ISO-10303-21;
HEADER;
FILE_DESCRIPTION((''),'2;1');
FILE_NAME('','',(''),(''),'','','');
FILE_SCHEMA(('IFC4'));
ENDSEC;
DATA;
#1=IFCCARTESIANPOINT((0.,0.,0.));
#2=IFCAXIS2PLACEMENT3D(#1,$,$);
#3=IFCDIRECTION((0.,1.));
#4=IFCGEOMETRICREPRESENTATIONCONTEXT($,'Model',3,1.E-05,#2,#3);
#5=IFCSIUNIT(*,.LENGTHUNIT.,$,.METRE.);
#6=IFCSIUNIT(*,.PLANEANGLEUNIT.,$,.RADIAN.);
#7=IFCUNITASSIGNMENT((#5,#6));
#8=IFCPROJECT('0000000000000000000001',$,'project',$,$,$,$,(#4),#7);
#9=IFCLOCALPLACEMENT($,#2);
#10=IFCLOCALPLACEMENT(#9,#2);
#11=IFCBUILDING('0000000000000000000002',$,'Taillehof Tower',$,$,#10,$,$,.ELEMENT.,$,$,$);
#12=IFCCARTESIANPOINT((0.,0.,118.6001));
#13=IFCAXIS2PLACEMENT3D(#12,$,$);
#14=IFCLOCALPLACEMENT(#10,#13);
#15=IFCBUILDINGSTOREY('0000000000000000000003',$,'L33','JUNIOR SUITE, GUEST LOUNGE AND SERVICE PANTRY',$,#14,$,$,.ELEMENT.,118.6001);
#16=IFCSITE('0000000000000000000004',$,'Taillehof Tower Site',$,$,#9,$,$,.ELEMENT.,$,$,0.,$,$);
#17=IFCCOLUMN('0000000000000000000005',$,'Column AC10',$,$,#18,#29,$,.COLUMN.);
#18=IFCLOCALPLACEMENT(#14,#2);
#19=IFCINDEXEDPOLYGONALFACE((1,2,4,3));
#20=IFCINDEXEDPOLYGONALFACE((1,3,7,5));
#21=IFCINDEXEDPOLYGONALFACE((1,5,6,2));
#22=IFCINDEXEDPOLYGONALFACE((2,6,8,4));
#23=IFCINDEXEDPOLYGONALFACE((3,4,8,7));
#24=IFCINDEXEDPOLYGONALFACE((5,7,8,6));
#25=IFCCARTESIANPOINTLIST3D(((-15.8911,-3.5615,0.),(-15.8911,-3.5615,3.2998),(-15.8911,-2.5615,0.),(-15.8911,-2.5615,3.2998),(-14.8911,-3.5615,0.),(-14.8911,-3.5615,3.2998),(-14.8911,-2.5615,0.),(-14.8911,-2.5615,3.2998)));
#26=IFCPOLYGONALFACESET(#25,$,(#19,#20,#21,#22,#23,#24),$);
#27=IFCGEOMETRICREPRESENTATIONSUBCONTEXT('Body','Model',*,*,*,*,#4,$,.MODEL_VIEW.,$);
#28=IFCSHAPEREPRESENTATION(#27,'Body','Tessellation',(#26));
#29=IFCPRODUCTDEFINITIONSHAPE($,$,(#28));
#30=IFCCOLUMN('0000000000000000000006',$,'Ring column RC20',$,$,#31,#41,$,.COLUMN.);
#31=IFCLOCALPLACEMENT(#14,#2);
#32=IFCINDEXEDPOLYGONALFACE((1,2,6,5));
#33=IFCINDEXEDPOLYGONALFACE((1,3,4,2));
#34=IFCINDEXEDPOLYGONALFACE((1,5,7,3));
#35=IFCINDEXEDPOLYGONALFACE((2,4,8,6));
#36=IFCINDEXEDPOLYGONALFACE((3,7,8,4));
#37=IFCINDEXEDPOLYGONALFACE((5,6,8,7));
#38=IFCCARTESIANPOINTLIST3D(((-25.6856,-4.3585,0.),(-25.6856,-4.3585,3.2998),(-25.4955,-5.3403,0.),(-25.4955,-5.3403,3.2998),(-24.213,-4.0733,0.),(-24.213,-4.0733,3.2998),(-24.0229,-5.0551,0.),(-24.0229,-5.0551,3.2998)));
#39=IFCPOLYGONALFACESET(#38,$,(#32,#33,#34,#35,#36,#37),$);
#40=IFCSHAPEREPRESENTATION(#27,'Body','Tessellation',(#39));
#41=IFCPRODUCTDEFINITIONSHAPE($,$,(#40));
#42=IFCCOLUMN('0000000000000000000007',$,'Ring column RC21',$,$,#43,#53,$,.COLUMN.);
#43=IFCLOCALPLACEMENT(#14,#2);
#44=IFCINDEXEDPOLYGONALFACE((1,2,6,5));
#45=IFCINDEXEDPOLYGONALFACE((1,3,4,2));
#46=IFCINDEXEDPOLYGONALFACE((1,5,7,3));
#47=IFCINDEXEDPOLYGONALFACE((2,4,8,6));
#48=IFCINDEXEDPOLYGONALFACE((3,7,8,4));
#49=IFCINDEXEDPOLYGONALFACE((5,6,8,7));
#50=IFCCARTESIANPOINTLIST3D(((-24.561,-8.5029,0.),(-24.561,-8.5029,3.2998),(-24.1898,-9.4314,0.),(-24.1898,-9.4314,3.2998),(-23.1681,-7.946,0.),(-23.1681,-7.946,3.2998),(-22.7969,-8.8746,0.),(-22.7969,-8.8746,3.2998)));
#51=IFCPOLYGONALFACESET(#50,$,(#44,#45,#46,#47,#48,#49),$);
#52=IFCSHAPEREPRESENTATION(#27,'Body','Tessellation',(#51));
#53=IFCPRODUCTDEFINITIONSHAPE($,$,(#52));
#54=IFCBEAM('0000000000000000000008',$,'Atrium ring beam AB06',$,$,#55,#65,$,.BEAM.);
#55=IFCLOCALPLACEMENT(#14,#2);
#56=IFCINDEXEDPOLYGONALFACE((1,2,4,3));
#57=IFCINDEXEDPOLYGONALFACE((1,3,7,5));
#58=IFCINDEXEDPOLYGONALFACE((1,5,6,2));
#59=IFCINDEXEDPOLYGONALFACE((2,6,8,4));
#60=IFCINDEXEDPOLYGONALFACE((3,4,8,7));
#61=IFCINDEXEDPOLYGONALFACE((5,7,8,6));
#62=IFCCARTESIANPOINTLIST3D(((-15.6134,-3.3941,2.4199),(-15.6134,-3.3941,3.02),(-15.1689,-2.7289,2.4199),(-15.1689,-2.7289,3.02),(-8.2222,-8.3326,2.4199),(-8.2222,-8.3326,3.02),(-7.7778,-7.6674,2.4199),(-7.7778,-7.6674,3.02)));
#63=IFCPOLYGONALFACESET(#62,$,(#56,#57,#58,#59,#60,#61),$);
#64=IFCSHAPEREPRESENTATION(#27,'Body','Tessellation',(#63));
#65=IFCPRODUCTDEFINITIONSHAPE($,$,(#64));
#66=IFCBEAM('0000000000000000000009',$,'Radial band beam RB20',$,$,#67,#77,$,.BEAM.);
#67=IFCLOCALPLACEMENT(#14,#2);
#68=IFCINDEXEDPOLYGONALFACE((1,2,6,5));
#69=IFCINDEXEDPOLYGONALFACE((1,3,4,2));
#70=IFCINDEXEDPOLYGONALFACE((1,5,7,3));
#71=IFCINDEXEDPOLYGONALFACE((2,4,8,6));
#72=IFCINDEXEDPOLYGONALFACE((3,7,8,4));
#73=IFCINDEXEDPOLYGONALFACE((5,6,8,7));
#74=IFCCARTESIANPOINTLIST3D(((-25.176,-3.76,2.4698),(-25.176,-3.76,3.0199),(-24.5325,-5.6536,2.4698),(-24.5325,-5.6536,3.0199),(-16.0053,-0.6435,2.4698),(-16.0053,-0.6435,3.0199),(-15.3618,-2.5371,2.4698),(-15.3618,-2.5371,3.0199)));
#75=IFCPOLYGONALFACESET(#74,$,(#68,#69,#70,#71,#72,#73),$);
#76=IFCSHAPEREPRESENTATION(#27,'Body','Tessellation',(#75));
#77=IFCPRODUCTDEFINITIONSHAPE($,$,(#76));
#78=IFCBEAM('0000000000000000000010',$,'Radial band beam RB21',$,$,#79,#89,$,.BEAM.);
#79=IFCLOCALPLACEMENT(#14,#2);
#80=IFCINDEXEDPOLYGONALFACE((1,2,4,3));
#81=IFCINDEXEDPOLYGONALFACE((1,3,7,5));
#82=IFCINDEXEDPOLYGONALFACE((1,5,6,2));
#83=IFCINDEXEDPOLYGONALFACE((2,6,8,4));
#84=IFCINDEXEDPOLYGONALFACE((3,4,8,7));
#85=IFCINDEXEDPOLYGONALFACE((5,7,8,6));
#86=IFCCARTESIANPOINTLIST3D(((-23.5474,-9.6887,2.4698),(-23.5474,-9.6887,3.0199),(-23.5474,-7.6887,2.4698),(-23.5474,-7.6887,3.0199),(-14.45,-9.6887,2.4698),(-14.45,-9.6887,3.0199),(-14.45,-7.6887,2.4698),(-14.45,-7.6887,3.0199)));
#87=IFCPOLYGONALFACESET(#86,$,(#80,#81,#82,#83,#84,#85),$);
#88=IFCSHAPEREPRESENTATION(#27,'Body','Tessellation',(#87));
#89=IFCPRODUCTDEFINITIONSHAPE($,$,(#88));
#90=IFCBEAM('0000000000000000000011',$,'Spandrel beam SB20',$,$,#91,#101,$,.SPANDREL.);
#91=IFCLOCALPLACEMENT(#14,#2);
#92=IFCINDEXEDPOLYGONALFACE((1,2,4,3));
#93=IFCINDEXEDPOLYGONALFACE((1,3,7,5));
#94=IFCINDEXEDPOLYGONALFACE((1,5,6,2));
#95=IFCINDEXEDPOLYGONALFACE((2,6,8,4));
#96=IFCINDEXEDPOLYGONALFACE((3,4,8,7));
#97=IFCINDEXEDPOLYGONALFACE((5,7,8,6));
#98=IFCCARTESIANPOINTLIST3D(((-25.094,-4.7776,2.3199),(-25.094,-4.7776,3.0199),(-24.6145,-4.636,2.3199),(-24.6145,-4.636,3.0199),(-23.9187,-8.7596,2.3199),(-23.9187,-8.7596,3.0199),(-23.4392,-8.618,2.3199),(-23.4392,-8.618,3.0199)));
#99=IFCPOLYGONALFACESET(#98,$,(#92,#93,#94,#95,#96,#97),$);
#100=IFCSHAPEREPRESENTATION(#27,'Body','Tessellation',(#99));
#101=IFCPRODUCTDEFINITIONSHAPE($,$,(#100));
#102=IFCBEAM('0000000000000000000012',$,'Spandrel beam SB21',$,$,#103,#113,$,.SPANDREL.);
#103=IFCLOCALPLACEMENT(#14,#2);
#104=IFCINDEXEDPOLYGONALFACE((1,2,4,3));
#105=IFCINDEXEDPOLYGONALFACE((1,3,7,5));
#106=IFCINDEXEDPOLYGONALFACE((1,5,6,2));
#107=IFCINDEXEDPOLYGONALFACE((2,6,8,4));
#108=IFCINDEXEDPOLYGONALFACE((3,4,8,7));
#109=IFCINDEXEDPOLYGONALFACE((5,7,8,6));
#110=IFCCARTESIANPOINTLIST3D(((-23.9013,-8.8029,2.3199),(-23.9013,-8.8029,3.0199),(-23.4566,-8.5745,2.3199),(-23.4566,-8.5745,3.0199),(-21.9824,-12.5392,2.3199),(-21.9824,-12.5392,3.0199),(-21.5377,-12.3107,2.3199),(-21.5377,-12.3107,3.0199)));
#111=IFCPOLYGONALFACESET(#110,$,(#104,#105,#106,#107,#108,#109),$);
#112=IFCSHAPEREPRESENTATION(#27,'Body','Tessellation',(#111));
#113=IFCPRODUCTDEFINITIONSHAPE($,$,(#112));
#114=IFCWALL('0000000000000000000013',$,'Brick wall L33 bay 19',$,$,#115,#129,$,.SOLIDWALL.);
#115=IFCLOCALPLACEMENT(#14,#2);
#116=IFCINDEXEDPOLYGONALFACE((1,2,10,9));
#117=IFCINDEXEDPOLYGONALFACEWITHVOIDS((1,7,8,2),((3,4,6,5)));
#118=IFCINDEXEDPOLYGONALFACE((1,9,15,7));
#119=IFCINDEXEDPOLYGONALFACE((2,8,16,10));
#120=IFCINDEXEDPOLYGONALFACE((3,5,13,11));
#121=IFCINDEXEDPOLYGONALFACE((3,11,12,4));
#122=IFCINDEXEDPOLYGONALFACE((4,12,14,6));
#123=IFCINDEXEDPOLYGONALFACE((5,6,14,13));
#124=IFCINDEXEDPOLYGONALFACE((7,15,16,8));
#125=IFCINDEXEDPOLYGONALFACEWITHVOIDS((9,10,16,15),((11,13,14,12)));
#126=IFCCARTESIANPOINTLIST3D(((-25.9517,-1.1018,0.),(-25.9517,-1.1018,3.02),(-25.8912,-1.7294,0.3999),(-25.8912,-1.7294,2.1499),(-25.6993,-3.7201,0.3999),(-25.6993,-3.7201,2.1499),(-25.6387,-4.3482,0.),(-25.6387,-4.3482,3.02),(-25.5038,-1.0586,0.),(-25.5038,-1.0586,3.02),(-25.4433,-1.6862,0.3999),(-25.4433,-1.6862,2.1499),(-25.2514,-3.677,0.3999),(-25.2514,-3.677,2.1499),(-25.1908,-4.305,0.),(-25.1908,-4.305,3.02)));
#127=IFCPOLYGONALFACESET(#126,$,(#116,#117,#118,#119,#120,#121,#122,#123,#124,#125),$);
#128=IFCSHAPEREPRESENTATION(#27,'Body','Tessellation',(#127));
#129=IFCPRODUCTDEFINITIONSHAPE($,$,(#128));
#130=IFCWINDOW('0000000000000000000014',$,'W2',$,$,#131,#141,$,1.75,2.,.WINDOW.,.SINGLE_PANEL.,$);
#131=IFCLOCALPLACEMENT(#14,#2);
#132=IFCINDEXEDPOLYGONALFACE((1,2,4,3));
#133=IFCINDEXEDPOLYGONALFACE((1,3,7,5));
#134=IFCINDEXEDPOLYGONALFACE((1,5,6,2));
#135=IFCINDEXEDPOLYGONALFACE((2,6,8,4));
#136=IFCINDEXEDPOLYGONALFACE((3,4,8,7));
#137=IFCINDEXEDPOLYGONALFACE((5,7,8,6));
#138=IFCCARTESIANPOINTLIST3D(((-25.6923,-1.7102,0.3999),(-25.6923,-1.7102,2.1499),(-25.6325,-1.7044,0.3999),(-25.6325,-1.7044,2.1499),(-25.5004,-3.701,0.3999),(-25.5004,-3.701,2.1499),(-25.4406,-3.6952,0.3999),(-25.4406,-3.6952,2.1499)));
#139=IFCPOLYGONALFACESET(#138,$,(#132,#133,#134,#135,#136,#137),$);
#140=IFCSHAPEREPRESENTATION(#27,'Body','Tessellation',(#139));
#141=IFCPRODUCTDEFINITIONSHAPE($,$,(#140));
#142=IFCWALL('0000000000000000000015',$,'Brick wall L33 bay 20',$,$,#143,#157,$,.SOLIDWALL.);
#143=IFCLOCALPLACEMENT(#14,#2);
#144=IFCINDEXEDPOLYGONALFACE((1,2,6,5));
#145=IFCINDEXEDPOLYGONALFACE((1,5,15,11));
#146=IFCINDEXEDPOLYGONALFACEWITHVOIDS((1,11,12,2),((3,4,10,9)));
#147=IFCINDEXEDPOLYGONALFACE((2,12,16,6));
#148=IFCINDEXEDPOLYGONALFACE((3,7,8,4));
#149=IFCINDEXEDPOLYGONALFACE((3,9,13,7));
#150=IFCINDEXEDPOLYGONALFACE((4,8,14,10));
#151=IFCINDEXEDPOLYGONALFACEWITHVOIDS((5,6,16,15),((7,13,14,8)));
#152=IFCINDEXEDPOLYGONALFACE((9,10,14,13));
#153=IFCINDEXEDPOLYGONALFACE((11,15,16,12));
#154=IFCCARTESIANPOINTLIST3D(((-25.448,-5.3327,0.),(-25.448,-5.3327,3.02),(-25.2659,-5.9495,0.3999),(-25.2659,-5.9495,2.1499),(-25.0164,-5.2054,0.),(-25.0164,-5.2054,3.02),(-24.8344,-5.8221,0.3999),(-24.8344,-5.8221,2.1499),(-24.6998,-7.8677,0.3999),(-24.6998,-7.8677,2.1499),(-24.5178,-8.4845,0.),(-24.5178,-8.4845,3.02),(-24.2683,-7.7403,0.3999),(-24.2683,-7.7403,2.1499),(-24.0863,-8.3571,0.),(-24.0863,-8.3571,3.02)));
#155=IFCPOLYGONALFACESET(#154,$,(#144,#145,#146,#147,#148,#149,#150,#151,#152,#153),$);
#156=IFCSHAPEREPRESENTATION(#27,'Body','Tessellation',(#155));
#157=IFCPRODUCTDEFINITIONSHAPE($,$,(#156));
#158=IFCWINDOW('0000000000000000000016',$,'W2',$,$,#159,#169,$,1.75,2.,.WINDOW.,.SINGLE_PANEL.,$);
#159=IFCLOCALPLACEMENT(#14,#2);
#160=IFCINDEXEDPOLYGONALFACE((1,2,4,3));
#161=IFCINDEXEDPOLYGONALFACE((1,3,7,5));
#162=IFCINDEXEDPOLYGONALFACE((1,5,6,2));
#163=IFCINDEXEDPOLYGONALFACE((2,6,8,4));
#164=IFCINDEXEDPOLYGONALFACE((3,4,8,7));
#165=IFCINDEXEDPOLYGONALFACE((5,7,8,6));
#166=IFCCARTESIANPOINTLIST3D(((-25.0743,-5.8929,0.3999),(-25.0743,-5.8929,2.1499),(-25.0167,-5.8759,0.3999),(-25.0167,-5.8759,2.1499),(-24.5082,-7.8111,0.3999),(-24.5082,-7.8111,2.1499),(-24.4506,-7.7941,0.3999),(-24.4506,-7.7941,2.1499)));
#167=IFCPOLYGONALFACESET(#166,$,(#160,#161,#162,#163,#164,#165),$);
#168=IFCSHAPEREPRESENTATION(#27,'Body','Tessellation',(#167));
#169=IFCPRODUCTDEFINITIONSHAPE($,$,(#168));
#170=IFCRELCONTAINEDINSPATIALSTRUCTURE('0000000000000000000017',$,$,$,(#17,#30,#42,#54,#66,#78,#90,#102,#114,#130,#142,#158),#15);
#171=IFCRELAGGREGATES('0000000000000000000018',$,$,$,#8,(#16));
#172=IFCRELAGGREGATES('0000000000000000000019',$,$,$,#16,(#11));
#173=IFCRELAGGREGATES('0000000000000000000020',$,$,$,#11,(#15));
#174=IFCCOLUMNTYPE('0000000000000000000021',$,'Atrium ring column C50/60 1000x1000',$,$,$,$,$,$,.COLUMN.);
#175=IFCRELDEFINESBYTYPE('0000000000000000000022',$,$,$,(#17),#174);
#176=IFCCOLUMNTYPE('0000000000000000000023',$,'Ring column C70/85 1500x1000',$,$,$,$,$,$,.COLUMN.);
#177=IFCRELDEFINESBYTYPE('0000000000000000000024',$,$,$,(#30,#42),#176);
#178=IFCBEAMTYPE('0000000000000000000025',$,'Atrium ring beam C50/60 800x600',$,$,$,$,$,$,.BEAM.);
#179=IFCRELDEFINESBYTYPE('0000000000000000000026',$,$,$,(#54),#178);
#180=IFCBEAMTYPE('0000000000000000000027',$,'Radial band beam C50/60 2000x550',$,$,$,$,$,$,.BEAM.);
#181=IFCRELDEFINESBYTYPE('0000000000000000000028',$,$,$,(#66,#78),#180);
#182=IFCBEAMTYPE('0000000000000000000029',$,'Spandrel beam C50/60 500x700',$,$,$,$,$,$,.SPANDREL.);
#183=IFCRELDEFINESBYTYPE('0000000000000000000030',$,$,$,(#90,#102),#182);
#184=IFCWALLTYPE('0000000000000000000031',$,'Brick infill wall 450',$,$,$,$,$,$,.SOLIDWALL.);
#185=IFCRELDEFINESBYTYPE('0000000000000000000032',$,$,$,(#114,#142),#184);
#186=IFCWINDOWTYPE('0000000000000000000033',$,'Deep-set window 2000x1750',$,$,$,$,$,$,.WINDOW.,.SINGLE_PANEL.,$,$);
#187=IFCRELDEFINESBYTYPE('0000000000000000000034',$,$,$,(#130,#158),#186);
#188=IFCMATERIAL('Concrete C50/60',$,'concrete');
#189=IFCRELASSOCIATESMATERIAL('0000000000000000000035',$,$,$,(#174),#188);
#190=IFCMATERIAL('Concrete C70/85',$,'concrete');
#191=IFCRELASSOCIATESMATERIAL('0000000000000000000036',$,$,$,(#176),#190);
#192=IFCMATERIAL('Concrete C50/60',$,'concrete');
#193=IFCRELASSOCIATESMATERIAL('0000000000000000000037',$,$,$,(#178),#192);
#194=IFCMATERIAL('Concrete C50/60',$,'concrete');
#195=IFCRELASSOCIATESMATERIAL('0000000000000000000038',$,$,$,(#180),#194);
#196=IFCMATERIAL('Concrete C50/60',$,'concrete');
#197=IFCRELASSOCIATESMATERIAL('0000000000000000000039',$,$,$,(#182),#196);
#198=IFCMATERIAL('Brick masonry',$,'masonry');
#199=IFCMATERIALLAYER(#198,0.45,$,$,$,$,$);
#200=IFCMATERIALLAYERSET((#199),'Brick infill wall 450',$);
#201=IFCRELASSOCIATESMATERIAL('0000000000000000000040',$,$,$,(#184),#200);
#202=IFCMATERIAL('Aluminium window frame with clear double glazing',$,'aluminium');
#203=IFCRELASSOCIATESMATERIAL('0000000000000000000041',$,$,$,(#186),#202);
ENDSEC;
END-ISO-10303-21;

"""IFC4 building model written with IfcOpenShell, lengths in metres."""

from ifc_helpers import new_model, si_unit, direction, frame, frame_2d, origin, origin_2d, place, context, subcontext, project, spatial, rectangle, extrude, material, layer, layer_set, material_profile, profile_set, type_object, element, fill, save


model = new_model("IFC4")

# Units and contexts
model_context = context("Model", 3, precision=1e-05, world=origin(), true_north=direction((0.0, 1.0)))
body_context = subcontext(model_context, "Body", "Model", "MODEL_VIEW")
ifc_project = project(units=[si_unit("LENGTHUNIT", "METRE"), si_unit("PLANEANGLEUNIT", "RADIAN")], contexts=[model_context])

# Site, building, storey
site_placement = place(None, origin())
site = spatial("IfcSite", under=ifc_project, at=site_placement, Name="Taillehof Tower Site", CompositionType="ELEMENT", RefElevation=0.0)
building_placement = place(site_placement, origin())
building = spatial("IfcBuilding", under=site, at=building_placement, Name="Taillehof Tower", CompositionType="ELEMENT")
storey_placement = place(building_placement, frame((0.0, 0.0, 118.6001)))
storey = spatial("IfcBuildingStorey", under=building, at=storey_placement, Name="L33", Description="JUNIOR SUITE, GUEST LOUNGE AND SERVICE PANTRY", CompositionType="ELEMENT", Elevation=118.6001)

# Columns
ifc_material_1 = material(Name="Concrete C50/60", Category="concrete")
ifc_material_profile_1 = material_profile(ifc_material_1, rectangle(XDim=1.0, YDim=1.0, at=origin_2d()), Name="RC 1000x1000")
ifc_profile_set_1 = profile_set([ifc_material_profile_1], Name="Concrete C50/60")
column_type_1 = type_object("IfcColumnType", Name="Atrium ring column C50/60 1000x1000", PredefinedType="COLUMN", material=ifc_profile_set_1)
column_placement = place(storey_placement, frame((-15.3911, -3.0615, 0.0), z_axis=(0.0, 0.0, 1.0), x_axis=(1.0, 0.0, 0.0)))
element("IfcColumn", 1, at=column_placement, inside=storey, type_object=column_type_1, Name="Column AC10", PredefinedType="COLUMN", context=body_context, shape_type="SweptSolid", body=[
    extrude(rectangle(XDim=1.0, YDim=1.0, at=origin_2d()), origin(), (0.0, 0.0, 1.0), 3.2998),
])
ifc_material_2 = material(Name="Concrete C70/85", Category="concrete")
ifc_material_profile_2 = material_profile(ifc_material_2, rectangle(XDim=1.5, YDim=1.0, at=origin_2d()), Name="RC 1500x1000")
ifc_profile_set_2 = profile_set([ifc_material_profile_2], Name="Concrete C70/85")
column_type_2 = type_object("IfcColumnType", Name="Ring column C70/85 1500x1000", PredefinedType="COLUMN", material=ifc_profile_set_2)
for number, where, z_axis, x_axis, name in (
    (2, (-24.8542, -4.7068, 0.0), (0.0, 0.0, 1.0), (-0.981757, -0.190138, 0.0), "Ring column RC20"),
    (3, (-23.679, -8.6887, 0.0), (0.0, 0.0, 1.0), (-0.92855, -0.371207, 0.0), "Ring column RC21"),
):
    element("IfcColumn", number, at=place(storey_placement, frame(where, z_axis=z_axis, x_axis=x_axis)), inside=storey, type_object=column_type_2, Name=name, PredefinedType="COLUMN", context=body_context, shape_type="SweptSolid", body=[
        extrude(rectangle(XDim=1.5, YDim=1.0, at=origin_2d()), origin(), (0.0, 0.0, 1.0), 3.2998),
    ])

# Beams
ifc_material_3 = material(Name="Concrete C50/60", Category="concrete")
ifc_material_profile_3 = material_profile(ifc_material_3, rectangle(XDim=0.8, YDim=0.6001, at=origin_2d()), Name="RC 800x600")
ifc_profile_set_3 = profile_set([ifc_material_profile_3], Name="Concrete C50/60")
beam_type_1 = type_object("IfcBeamType", Name="Atrium ring beam C50/60 800x600", PredefinedType="BEAM", material=ifc_profile_set_3)
beam_1_placement = place(storey_placement, frame((-15.3911, -3.0615, 2.72), z_axis=(0.831475, -0.555562, 0.0), x_axis=(0.555562, 0.831475, 0.0)))
element("IfcBeam", 4, at=beam_1_placement, inside=storey, type_object=beam_type_1, Name="Atrium ring beam AB06", PredefinedType="BEAM", context=body_context, shape_type="SweptSolid", body=[
    extrude(rectangle(XDim=0.8, YDim=0.6001, at=origin_2d()), origin(), (0.0, 0.0, 1.0), 8.8892),
])
ifc_material_4 = material(Name="Concrete C50/60", Category="concrete")
ifc_material_profile_4 = material_profile(ifc_material_4, rectangle(XDim=2.0, YDim=0.55, at=origin_2d()), Name="RC 2000x550")
ifc_profile_set_4 = profile_set([ifc_material_profile_4], Name="Concrete C50/60")
beam_type_2 = type_object("IfcBeamType", Name="Radial band beam C50/60 2000x550", PredefinedType="BEAM", material=ifc_profile_set_4)
beam_2_placement = place(storey_placement, frame((-24.8542, -4.7068, 2.7449), z_axis=(0.946822, 0.321758, 0.0), x_axis=(-0.321758, 0.946822, 0.0)))
element("IfcBeam", 5, at=beam_2_placement, inside=storey, type_object=beam_type_2, Name="Radial band beam RB20", PredefinedType="BEAM", context=body_context, shape_type="SweptSolid", body=[
    extrude(rectangle(XDim=2.0, YDim=0.55, at=origin_2d()), origin(), (0.0, 0.0, 1.0), 9.6858),
])
beam_3_placement = place(storey_placement, frame((-23.5474, -8.6887, 2.7449), z_axis=(1.0, 0.0, 0.0), x_axis=(0.0, 1.0, 0.0)))
element("IfcBeam", 6, at=beam_3_placement, inside=storey, type_object=beam_type_2, Name="Radial band beam RB21", PredefinedType="BEAM", context=body_context, shape_type="SweptSolid", body=[
    extrude(rectangle(XDim=2.0, YDim=0.55, at=origin_2d()), origin(), (0.0, 0.0, 1.0), 9.0974),
])
ifc_material_5 = material(Name="Concrete C50/60", Category="concrete")
ifc_material_profile_5 = material_profile(ifc_material_5, rectangle(XDim=0.5, YDim=0.7, at=origin_2d()), Name="RC 500x700")
ifc_profile_set_5 = profile_set([ifc_material_profile_5], Name="Concrete C50/60")
beam_type_3 = type_object("IfcBeamType", Name="Spandrel beam C50/60 500x700", PredefinedType="SPANDREL", material=ifc_profile_set_5)
beam_4_placement = place(storey_placement, frame((-24.8542, -4.7068, 2.6699), z_axis=(0.283083, -0.959095, 0.0), x_axis=(0.959095, 0.283083, 0.0)))
element("IfcBeam", 7, at=beam_4_placement, inside=storey, type_object=beam_type_3, Name="Spandrel beam SB20", PredefinedType="SPANDREL", context=body_context, shape_type="SweptSolid", body=[
    extrude(rectangle(XDim=0.5, YDim=0.7, at=origin_2d()), origin(), (0.0, 0.0, 1.0), 4.1519),
])
beam_5_placement = place(storey_placement, frame((-23.679, -8.6887, 2.6699), z_axis=(0.456859, -0.889539, 0.0), x_axis=(0.889539, 0.456859, 0.0)))
element("IfcBeam", 8, at=beam_5_placement, inside=storey, type_object=beam_type_3, Name="Spandrel beam SB21", PredefinedType="SPANDREL", context=body_context, shape_type="SweptSolid", body=[
    extrude(rectangle(XDim=0.5, YDim=0.7, at=origin_2d()), origin(), (0.0, 0.0, 1.0), 4.2002),
])

# Walls, openings, windows
ifc_material_6 = material(Name="Brick masonry", Category="masonry")
ifc_layer_1 = layer(ifc_material_6, 0.45)
ifc_layer_set_1 = layer_set([ifc_layer_1], Name="Brick infill wall 450")
wall_type_1 = type_object("IfcWallType", Name="Brick infill wall 450", PredefinedType="SOLIDWALL", material=ifc_layer_set_1)
wall_1_placement = place(storey_placement, frame((-25.7278, -1.0801, 0.0), z_axis=(0.0, 0.0, 1.0), x_axis=(0.095968, -0.995384, 0.0)))
wall_1 = element("IfcWall", 9, at=wall_1_placement, inside=storey, type_object=wall_type_1, Name="Brick wall L33 bay 19", PredefinedType="SOLIDWALL", context=body_context, shape_type="SweptSolid", body=[
    extrude(rectangle(XDim=3.2615, YDim=0.45, at=frame_2d((1.6309, 0.0))), origin(), (0.0, 0.0, 1.0), 3.02),
])
opening_1_placement = place(wall_1_placement, frame((0.6306, 0.0, 0.3999)))
opening_1 = element("IfcOpeningElement", 10, at=opening_1_placement, cuts=wall_1, PredefinedType="OPENING", context=body_context, shape_type="SweptSolid", body=[
    extrude(rectangle(XDim=2.0, YDim=1.75, at=frame_2d((1.0, 0.875))), frame((0.0, 0.2349, 0.0), z_axis=(0.0, -1.0, 0.0), x_axis=(1.0, 0.0, 0.0)), (0.0, 0.0, 1.0), 0.47),
])
ifc_material_7 = material(Name="Aluminium window frame with clear double glazing", Category="aluminium")
window_type = type_object("IfcWindowType", Name="Deep-set window 2000x1750", PartitioningType="SINGLE_PANEL", PredefinedType="WINDOW", material=ifc_material_7)
window_1_placement = place(opening_1_placement, origin())
window_1 = element("IfcWindow", 11, at=window_1_placement, inside=storey, type_object=window_type, Name="W2", OverallHeight=1.75, OverallWidth=2.0, PartitioningType="SINGLE_PANEL", PredefinedType="WINDOW", context=body_context, shape_type="SweptSolid", body=[
    extrude(rectangle(XDim=2.0, YDim=1.75, at=frame_2d((1.0, 0.875))), frame((0.0, 0.0349, 0.0), z_axis=(0.0, -1.0, 0.0), x_axis=(1.0, 0.0, 0.0)), (0.0, 0.0, 1.0), 0.0601),
])
fill(opening_1, window_1)
wall_2_placement = place(storey_placement, frame((-25.2322, -5.269, 0.0), z_axis=(0.0, 0.0, 1.0), x_axis=(0.283051, -0.959105, 0.0)))
wall_2 = element("IfcWall", 12, at=wall_2_placement, inside=storey, type_object=wall_type_1, Name="Brick wall L33 bay 20", PredefinedType="SOLIDWALL", context=body_context, shape_type="SweptSolid", body=[
    extrude(rectangle(XDim=3.2861, YDim=0.45, at=frame_2d((1.6431, 0.0))), origin(), (0.0, 0.0, 1.0), 3.02),
])
opening_2_placement = place(wall_2_placement, frame((0.6431, 0.0, 0.3999)))
opening_2 = element("IfcOpeningElement", 13, at=opening_2_placement, cuts=wall_2, PredefinedType="OPENING", context=body_context, shape_type="SweptSolid", body=[
    extrude(rectangle(XDim=2.0, YDim=1.75, at=frame_2d((1.0, 0.875))), frame((0.0, 0.2349, 0.0), z_axis=(0.0, -1.0, 0.0), x_axis=(1.0, 0.0, 0.0)), (0.0, 0.0, 1.0), 0.47),
])
window_2_placement = place(opening_2_placement, origin())
window_2 = element("IfcWindow", 14, at=window_2_placement, inside=storey, type_object=window_type, Name="W2", OverallHeight=1.75, OverallWidth=2.0, PartitioningType="SINGLE_PANEL", PredefinedType="WINDOW", context=body_context, shape_type="SweptSolid", body=[
    extrude(rectangle(XDim=2.0, YDim=1.75, at=frame_2d((1.0, 0.875))), frame((0.0, 0.0349, 0.0), z_axis=(0.0, -1.0, 0.0), x_axis=(1.0, 0.0, 0.0)), (0.0, 0.0, 1.0), 0.0601),
])
fill(opening_2, window_2)

save(model, "model.ifc")
